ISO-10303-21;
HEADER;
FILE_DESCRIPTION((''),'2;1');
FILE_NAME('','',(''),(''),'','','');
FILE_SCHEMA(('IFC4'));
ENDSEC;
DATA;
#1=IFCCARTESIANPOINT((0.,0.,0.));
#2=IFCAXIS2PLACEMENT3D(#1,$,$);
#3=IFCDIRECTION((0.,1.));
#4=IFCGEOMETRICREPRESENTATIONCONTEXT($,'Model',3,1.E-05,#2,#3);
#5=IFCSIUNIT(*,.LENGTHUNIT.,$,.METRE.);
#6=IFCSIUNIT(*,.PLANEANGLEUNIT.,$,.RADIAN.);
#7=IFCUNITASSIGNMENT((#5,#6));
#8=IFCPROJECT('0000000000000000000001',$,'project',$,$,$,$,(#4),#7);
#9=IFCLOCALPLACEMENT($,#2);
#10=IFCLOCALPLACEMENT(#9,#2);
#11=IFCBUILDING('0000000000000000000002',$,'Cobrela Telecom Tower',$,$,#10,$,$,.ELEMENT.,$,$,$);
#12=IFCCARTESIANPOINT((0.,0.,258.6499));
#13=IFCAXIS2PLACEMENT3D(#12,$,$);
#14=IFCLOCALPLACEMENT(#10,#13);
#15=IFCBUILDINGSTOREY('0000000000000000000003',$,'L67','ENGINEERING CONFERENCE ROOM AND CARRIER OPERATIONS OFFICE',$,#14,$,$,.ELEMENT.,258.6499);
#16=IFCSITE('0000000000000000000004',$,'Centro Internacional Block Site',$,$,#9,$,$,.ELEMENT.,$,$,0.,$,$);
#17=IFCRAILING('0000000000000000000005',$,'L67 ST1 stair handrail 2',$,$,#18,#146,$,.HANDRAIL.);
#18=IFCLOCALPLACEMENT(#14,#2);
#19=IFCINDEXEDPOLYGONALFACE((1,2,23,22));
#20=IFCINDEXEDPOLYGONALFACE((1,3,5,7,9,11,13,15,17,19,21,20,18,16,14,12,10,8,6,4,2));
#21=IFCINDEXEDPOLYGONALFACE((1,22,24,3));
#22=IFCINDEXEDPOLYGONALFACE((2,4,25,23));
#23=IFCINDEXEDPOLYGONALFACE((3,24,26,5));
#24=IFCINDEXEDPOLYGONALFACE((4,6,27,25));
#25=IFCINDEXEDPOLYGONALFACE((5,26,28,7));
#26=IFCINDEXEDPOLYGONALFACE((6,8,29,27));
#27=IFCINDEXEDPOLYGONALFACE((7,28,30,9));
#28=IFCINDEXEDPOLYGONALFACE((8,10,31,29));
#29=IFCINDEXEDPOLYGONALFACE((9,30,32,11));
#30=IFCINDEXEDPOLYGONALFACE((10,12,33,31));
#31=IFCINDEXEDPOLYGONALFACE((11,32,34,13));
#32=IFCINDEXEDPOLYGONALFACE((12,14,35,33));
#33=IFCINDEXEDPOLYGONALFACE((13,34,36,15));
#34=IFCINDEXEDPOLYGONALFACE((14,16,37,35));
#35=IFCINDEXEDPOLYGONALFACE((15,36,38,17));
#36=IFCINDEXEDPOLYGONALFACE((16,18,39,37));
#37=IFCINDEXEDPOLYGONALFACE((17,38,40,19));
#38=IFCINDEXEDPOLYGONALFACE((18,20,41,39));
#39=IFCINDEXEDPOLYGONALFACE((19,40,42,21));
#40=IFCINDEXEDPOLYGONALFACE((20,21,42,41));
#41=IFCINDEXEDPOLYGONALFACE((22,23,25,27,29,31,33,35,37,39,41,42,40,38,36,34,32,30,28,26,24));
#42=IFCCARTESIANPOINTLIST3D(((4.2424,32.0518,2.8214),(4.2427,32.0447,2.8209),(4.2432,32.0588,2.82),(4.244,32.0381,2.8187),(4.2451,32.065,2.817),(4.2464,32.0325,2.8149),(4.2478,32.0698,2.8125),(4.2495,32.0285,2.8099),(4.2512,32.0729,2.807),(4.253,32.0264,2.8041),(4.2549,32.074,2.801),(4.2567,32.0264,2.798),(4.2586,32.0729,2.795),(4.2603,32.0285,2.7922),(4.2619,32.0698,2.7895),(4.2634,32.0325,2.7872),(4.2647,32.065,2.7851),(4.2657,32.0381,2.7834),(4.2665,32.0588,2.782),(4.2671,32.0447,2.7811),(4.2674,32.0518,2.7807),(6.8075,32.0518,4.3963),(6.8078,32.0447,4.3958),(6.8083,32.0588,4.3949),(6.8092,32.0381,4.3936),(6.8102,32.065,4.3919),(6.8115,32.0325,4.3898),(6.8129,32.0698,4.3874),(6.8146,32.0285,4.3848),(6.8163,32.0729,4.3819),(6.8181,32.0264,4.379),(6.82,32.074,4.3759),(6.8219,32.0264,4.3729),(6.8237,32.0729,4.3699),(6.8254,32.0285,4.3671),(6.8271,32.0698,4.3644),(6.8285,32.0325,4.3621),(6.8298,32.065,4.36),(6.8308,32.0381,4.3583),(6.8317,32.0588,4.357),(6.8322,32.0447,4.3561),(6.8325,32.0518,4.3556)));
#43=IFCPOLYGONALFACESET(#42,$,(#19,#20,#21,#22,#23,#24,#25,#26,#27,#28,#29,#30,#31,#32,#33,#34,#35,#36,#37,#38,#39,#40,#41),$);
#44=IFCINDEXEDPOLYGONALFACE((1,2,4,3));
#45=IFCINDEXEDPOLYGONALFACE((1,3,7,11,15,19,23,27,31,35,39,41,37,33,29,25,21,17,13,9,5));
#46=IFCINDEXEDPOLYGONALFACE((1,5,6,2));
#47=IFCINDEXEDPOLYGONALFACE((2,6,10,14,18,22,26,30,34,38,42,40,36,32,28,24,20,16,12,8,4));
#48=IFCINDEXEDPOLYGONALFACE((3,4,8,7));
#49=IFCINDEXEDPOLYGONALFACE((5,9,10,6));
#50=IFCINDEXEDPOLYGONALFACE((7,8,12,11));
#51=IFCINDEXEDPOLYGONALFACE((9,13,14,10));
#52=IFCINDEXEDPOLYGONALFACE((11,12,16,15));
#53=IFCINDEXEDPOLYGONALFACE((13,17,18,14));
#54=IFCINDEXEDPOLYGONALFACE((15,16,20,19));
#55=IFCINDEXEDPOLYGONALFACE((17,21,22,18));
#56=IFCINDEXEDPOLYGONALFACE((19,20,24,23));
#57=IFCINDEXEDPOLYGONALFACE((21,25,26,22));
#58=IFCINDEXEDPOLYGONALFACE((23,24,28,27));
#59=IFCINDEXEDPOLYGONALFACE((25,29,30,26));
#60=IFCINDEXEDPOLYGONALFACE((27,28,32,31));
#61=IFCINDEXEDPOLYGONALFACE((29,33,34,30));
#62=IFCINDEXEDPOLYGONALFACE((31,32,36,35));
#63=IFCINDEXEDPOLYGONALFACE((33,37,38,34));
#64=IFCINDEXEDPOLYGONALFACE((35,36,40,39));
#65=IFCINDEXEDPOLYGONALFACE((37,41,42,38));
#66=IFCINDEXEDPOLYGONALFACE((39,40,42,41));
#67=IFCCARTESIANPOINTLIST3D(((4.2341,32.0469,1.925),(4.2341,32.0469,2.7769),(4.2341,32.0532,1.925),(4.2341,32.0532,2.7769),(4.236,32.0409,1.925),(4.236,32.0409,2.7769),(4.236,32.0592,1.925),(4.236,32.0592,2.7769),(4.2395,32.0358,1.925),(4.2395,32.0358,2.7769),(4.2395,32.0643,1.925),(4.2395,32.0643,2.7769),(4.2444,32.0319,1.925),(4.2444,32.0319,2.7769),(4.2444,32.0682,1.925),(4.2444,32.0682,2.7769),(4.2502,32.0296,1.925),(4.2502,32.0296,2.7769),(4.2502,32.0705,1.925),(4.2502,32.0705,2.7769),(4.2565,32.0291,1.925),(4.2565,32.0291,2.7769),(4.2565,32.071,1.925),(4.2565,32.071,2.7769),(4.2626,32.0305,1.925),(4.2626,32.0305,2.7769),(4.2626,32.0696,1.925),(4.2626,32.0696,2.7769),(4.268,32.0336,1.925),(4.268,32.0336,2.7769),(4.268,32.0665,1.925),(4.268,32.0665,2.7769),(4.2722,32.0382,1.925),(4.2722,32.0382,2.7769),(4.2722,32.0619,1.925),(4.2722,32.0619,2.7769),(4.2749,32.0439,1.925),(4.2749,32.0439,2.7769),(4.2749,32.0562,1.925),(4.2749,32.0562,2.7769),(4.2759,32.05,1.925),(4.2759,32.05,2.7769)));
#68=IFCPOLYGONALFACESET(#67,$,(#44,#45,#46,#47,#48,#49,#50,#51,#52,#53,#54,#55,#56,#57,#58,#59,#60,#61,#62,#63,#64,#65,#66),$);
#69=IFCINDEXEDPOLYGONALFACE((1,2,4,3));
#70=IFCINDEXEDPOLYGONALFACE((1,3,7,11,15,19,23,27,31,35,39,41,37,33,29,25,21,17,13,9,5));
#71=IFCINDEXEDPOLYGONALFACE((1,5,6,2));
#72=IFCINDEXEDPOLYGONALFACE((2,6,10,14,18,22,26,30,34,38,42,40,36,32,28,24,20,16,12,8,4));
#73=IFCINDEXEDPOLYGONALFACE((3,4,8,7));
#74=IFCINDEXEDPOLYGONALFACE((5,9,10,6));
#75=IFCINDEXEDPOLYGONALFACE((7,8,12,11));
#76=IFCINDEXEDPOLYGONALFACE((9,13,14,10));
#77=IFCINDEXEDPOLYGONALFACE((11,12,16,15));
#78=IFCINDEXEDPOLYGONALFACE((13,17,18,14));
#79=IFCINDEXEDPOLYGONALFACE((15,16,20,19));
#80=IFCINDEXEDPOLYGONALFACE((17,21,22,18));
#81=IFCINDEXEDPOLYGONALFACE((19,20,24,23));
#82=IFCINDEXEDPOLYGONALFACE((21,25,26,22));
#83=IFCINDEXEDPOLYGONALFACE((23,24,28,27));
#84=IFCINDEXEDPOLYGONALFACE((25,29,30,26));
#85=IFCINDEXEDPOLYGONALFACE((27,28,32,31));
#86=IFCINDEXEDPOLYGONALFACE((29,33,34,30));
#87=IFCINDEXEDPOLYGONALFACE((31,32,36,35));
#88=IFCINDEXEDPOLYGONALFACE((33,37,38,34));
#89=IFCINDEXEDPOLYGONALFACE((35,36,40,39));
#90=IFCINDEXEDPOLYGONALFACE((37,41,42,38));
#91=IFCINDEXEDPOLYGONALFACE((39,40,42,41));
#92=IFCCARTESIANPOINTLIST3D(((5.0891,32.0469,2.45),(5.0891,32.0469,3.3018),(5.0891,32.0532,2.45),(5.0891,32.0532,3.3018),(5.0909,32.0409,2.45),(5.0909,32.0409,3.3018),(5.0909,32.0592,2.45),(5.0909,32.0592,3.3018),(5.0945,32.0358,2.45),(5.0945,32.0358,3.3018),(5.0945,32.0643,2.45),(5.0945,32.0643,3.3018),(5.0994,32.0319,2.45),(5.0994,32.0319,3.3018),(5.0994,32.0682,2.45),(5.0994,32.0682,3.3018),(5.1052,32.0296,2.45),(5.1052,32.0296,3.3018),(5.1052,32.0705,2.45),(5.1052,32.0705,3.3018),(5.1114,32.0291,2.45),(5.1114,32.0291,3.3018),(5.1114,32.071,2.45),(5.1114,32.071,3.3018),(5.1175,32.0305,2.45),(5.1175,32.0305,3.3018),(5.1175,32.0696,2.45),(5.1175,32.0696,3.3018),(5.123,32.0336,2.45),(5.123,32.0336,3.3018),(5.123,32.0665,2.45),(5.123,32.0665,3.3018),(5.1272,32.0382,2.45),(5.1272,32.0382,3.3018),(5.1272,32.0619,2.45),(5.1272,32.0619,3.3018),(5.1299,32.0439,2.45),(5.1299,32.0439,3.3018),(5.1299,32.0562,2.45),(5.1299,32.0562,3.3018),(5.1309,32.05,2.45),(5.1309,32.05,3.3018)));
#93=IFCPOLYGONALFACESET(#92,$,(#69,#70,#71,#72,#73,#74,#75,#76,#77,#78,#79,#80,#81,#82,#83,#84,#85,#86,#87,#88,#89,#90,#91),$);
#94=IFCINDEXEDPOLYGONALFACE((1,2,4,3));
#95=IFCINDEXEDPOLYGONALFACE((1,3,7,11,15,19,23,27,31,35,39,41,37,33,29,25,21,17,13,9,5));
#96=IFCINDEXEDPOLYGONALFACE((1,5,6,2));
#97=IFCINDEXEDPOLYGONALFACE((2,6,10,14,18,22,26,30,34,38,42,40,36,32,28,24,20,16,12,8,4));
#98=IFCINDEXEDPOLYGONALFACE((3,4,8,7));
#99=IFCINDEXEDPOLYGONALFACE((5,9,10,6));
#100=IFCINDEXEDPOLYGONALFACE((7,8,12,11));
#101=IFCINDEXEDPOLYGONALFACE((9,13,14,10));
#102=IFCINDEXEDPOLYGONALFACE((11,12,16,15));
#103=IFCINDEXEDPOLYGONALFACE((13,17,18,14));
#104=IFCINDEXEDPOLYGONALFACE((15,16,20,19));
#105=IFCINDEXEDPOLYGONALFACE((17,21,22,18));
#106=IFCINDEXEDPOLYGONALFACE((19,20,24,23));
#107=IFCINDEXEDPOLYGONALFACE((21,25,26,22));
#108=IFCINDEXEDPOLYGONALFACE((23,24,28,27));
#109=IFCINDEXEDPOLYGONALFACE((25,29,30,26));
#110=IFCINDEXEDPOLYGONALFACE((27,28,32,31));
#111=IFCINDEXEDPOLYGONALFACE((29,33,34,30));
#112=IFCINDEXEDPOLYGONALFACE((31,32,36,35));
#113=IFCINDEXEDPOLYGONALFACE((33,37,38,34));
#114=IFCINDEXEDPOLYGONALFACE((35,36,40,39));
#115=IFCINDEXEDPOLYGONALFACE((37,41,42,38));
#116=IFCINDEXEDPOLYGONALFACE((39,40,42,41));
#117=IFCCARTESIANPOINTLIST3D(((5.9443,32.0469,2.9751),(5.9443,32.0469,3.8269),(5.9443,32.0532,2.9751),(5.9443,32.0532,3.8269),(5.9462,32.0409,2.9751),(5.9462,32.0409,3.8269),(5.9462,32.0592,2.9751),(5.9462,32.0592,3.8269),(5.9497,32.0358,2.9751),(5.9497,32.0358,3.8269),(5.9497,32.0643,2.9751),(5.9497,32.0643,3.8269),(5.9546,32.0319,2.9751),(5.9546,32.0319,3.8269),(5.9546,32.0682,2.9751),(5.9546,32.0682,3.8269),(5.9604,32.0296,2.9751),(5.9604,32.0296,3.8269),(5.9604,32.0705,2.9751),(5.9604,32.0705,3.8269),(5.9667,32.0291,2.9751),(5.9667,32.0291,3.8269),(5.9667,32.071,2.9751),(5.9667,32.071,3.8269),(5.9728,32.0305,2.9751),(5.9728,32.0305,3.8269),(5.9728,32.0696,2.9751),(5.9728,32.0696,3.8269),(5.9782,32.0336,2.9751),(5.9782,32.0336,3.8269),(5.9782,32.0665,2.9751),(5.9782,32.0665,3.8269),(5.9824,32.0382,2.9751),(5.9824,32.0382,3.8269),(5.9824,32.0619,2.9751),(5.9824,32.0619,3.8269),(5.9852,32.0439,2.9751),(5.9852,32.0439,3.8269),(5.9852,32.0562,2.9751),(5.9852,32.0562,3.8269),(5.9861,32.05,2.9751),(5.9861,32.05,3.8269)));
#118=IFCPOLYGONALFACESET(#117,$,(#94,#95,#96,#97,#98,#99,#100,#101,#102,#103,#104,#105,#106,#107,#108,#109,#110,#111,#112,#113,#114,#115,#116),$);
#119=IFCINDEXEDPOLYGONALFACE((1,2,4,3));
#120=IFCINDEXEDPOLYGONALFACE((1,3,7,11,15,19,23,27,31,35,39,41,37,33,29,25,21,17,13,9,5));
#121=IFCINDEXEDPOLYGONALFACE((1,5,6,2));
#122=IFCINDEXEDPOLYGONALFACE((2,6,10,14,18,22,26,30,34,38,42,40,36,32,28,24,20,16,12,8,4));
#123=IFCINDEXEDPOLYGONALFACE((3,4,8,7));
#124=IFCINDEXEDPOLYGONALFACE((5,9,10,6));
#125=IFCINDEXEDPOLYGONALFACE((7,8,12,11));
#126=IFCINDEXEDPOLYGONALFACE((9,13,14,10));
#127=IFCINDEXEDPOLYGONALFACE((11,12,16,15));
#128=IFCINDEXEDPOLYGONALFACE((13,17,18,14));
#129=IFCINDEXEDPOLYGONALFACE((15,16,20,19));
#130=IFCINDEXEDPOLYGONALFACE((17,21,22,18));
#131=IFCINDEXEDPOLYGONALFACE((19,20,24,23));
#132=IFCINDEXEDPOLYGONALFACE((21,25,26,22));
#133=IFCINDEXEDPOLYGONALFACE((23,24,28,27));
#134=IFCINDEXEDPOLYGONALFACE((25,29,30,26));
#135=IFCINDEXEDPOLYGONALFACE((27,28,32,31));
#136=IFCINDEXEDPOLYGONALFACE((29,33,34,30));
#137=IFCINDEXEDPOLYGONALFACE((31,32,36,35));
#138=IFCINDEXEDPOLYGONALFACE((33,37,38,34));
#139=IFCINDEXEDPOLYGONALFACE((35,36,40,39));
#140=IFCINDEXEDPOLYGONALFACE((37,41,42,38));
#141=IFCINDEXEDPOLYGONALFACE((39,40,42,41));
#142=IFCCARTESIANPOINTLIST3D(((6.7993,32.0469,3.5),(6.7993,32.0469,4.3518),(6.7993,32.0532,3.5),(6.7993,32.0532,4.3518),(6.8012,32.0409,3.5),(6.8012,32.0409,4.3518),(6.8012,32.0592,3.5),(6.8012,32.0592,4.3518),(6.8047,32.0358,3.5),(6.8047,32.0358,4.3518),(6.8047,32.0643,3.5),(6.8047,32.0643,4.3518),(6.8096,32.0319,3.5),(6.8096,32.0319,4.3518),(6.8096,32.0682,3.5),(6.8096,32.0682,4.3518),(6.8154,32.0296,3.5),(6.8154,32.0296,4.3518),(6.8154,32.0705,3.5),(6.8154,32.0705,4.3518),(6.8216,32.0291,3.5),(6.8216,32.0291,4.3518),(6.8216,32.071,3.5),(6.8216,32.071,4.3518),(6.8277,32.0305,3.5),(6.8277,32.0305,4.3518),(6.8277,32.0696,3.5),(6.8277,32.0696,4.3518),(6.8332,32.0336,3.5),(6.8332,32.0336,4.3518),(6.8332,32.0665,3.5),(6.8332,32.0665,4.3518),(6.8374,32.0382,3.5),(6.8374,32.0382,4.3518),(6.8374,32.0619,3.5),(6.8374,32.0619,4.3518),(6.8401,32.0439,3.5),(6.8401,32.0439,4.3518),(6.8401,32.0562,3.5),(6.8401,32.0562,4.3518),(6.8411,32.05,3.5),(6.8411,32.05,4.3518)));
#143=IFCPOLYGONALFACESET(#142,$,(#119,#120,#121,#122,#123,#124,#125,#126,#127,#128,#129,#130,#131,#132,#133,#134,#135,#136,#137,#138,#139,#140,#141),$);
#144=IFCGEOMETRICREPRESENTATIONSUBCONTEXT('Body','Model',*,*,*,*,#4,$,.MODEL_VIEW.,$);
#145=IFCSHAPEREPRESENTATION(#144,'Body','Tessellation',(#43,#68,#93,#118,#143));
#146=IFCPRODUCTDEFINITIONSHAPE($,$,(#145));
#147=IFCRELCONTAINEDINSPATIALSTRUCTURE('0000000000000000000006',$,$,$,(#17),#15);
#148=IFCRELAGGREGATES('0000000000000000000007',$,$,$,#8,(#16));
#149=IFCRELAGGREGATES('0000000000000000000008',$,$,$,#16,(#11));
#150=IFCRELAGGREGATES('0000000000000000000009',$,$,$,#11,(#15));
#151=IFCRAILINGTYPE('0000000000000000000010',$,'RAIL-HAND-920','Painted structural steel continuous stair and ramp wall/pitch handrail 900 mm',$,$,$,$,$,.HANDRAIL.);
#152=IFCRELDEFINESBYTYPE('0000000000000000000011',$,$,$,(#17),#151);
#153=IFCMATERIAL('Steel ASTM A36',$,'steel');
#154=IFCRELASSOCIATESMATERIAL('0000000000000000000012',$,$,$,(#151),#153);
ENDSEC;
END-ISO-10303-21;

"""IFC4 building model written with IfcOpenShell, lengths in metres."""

from ifc_helpers import new_model, si_unit, direction, frame, origin, origin_2d, place, context, subcontext, project, spatial, circle, extrude, material, type_object, element, save


model = new_model("IFC4")

# Units and contexts
model_context = context("Model", 3, precision=1e-05, world=origin(), true_north=direction((0.0, 1.0)))
body_context = subcontext(model_context, "Body", "Model", "MODEL_VIEW")
ifc_project = project(units=[si_unit("LENGTHUNIT", "METRE"), si_unit("PLANEANGLEUNIT", "RADIAN")], contexts=[model_context])

# Site, building, storey
site_placement = place(None, origin())
site = spatial("IfcSite", under=ifc_project, at=site_placement, Name="Centro Internacional Block Site", CompositionType="ELEMENT", RefElevation=0.0)
building_placement = place(site_placement, origin())
building = spatial("IfcBuilding", under=site, at=building_placement, Name="Cobrela Telecom Tower", CompositionType="ELEMENT")
storey_placement = place(building_placement, frame((0.0, 0.0, 258.6499)))
storey = spatial("IfcBuildingStorey", under=building, at=storey_placement, Name="L67", Description="ENGINEERING CONFERENCE ROOM AND CARRIER OPERATIONS OFFICE", CompositionType="ELEMENT", Elevation=258.6499)

# Shared definitions
ifc_material_1 = material(Name="Steel ASTM A36", Category="steel")

# Railing
railing_type_1 = type_object("IfcRailingType", Name="RAIL-HAND-920", Description="Painted structural steel continuous stair and ramp wall/pitch handrail 900 mm", PredefinedType="HANDRAIL", material=ifc_material_1)
railing_1_placement = place(storey_placement, frame((4.2549, 32.05, 1.925)))
element("IfcRailing", 1, at=railing_1_placement, inside=storey, type_object=railing_type_1, Name="L67 ST1 stair handrail 2", PredefinedType="HANDRAIL", context=body_context, shape_type="SweptSolid", body=[
    extrude(circle(Radius=0.0239, at=origin_2d()), frame((0.0, 0.0, 0.876), z_axis=(0.852195, 0.0, 0.523224), x_axis=(0.0, 1.0, 0.0)), (0.0, 0.0, 1.0), 3.01),
    extrude(circle(Radius=0.021, at=origin_2d()), origin(), (0.0, 0.0, 1.0), 0.8518),
    extrude(circle(Radius=0.021, at=origin_2d()), frame((0.855, 0.0, 0.5249)), (0.0, 0.0, 1.0), 0.8518),
    extrude(circle(Radius=0.021, at=origin_2d()), frame((1.7102, 0.0, 1.05)), (0.0, 0.0, 1.0), 0.8518),
    extrude(circle(Radius=0.021, at=origin_2d()), frame((2.5652, 0.0, 1.575)), (0.0, 0.0, 1.0), 0.8518),
])

save(model, "model.ifc")
